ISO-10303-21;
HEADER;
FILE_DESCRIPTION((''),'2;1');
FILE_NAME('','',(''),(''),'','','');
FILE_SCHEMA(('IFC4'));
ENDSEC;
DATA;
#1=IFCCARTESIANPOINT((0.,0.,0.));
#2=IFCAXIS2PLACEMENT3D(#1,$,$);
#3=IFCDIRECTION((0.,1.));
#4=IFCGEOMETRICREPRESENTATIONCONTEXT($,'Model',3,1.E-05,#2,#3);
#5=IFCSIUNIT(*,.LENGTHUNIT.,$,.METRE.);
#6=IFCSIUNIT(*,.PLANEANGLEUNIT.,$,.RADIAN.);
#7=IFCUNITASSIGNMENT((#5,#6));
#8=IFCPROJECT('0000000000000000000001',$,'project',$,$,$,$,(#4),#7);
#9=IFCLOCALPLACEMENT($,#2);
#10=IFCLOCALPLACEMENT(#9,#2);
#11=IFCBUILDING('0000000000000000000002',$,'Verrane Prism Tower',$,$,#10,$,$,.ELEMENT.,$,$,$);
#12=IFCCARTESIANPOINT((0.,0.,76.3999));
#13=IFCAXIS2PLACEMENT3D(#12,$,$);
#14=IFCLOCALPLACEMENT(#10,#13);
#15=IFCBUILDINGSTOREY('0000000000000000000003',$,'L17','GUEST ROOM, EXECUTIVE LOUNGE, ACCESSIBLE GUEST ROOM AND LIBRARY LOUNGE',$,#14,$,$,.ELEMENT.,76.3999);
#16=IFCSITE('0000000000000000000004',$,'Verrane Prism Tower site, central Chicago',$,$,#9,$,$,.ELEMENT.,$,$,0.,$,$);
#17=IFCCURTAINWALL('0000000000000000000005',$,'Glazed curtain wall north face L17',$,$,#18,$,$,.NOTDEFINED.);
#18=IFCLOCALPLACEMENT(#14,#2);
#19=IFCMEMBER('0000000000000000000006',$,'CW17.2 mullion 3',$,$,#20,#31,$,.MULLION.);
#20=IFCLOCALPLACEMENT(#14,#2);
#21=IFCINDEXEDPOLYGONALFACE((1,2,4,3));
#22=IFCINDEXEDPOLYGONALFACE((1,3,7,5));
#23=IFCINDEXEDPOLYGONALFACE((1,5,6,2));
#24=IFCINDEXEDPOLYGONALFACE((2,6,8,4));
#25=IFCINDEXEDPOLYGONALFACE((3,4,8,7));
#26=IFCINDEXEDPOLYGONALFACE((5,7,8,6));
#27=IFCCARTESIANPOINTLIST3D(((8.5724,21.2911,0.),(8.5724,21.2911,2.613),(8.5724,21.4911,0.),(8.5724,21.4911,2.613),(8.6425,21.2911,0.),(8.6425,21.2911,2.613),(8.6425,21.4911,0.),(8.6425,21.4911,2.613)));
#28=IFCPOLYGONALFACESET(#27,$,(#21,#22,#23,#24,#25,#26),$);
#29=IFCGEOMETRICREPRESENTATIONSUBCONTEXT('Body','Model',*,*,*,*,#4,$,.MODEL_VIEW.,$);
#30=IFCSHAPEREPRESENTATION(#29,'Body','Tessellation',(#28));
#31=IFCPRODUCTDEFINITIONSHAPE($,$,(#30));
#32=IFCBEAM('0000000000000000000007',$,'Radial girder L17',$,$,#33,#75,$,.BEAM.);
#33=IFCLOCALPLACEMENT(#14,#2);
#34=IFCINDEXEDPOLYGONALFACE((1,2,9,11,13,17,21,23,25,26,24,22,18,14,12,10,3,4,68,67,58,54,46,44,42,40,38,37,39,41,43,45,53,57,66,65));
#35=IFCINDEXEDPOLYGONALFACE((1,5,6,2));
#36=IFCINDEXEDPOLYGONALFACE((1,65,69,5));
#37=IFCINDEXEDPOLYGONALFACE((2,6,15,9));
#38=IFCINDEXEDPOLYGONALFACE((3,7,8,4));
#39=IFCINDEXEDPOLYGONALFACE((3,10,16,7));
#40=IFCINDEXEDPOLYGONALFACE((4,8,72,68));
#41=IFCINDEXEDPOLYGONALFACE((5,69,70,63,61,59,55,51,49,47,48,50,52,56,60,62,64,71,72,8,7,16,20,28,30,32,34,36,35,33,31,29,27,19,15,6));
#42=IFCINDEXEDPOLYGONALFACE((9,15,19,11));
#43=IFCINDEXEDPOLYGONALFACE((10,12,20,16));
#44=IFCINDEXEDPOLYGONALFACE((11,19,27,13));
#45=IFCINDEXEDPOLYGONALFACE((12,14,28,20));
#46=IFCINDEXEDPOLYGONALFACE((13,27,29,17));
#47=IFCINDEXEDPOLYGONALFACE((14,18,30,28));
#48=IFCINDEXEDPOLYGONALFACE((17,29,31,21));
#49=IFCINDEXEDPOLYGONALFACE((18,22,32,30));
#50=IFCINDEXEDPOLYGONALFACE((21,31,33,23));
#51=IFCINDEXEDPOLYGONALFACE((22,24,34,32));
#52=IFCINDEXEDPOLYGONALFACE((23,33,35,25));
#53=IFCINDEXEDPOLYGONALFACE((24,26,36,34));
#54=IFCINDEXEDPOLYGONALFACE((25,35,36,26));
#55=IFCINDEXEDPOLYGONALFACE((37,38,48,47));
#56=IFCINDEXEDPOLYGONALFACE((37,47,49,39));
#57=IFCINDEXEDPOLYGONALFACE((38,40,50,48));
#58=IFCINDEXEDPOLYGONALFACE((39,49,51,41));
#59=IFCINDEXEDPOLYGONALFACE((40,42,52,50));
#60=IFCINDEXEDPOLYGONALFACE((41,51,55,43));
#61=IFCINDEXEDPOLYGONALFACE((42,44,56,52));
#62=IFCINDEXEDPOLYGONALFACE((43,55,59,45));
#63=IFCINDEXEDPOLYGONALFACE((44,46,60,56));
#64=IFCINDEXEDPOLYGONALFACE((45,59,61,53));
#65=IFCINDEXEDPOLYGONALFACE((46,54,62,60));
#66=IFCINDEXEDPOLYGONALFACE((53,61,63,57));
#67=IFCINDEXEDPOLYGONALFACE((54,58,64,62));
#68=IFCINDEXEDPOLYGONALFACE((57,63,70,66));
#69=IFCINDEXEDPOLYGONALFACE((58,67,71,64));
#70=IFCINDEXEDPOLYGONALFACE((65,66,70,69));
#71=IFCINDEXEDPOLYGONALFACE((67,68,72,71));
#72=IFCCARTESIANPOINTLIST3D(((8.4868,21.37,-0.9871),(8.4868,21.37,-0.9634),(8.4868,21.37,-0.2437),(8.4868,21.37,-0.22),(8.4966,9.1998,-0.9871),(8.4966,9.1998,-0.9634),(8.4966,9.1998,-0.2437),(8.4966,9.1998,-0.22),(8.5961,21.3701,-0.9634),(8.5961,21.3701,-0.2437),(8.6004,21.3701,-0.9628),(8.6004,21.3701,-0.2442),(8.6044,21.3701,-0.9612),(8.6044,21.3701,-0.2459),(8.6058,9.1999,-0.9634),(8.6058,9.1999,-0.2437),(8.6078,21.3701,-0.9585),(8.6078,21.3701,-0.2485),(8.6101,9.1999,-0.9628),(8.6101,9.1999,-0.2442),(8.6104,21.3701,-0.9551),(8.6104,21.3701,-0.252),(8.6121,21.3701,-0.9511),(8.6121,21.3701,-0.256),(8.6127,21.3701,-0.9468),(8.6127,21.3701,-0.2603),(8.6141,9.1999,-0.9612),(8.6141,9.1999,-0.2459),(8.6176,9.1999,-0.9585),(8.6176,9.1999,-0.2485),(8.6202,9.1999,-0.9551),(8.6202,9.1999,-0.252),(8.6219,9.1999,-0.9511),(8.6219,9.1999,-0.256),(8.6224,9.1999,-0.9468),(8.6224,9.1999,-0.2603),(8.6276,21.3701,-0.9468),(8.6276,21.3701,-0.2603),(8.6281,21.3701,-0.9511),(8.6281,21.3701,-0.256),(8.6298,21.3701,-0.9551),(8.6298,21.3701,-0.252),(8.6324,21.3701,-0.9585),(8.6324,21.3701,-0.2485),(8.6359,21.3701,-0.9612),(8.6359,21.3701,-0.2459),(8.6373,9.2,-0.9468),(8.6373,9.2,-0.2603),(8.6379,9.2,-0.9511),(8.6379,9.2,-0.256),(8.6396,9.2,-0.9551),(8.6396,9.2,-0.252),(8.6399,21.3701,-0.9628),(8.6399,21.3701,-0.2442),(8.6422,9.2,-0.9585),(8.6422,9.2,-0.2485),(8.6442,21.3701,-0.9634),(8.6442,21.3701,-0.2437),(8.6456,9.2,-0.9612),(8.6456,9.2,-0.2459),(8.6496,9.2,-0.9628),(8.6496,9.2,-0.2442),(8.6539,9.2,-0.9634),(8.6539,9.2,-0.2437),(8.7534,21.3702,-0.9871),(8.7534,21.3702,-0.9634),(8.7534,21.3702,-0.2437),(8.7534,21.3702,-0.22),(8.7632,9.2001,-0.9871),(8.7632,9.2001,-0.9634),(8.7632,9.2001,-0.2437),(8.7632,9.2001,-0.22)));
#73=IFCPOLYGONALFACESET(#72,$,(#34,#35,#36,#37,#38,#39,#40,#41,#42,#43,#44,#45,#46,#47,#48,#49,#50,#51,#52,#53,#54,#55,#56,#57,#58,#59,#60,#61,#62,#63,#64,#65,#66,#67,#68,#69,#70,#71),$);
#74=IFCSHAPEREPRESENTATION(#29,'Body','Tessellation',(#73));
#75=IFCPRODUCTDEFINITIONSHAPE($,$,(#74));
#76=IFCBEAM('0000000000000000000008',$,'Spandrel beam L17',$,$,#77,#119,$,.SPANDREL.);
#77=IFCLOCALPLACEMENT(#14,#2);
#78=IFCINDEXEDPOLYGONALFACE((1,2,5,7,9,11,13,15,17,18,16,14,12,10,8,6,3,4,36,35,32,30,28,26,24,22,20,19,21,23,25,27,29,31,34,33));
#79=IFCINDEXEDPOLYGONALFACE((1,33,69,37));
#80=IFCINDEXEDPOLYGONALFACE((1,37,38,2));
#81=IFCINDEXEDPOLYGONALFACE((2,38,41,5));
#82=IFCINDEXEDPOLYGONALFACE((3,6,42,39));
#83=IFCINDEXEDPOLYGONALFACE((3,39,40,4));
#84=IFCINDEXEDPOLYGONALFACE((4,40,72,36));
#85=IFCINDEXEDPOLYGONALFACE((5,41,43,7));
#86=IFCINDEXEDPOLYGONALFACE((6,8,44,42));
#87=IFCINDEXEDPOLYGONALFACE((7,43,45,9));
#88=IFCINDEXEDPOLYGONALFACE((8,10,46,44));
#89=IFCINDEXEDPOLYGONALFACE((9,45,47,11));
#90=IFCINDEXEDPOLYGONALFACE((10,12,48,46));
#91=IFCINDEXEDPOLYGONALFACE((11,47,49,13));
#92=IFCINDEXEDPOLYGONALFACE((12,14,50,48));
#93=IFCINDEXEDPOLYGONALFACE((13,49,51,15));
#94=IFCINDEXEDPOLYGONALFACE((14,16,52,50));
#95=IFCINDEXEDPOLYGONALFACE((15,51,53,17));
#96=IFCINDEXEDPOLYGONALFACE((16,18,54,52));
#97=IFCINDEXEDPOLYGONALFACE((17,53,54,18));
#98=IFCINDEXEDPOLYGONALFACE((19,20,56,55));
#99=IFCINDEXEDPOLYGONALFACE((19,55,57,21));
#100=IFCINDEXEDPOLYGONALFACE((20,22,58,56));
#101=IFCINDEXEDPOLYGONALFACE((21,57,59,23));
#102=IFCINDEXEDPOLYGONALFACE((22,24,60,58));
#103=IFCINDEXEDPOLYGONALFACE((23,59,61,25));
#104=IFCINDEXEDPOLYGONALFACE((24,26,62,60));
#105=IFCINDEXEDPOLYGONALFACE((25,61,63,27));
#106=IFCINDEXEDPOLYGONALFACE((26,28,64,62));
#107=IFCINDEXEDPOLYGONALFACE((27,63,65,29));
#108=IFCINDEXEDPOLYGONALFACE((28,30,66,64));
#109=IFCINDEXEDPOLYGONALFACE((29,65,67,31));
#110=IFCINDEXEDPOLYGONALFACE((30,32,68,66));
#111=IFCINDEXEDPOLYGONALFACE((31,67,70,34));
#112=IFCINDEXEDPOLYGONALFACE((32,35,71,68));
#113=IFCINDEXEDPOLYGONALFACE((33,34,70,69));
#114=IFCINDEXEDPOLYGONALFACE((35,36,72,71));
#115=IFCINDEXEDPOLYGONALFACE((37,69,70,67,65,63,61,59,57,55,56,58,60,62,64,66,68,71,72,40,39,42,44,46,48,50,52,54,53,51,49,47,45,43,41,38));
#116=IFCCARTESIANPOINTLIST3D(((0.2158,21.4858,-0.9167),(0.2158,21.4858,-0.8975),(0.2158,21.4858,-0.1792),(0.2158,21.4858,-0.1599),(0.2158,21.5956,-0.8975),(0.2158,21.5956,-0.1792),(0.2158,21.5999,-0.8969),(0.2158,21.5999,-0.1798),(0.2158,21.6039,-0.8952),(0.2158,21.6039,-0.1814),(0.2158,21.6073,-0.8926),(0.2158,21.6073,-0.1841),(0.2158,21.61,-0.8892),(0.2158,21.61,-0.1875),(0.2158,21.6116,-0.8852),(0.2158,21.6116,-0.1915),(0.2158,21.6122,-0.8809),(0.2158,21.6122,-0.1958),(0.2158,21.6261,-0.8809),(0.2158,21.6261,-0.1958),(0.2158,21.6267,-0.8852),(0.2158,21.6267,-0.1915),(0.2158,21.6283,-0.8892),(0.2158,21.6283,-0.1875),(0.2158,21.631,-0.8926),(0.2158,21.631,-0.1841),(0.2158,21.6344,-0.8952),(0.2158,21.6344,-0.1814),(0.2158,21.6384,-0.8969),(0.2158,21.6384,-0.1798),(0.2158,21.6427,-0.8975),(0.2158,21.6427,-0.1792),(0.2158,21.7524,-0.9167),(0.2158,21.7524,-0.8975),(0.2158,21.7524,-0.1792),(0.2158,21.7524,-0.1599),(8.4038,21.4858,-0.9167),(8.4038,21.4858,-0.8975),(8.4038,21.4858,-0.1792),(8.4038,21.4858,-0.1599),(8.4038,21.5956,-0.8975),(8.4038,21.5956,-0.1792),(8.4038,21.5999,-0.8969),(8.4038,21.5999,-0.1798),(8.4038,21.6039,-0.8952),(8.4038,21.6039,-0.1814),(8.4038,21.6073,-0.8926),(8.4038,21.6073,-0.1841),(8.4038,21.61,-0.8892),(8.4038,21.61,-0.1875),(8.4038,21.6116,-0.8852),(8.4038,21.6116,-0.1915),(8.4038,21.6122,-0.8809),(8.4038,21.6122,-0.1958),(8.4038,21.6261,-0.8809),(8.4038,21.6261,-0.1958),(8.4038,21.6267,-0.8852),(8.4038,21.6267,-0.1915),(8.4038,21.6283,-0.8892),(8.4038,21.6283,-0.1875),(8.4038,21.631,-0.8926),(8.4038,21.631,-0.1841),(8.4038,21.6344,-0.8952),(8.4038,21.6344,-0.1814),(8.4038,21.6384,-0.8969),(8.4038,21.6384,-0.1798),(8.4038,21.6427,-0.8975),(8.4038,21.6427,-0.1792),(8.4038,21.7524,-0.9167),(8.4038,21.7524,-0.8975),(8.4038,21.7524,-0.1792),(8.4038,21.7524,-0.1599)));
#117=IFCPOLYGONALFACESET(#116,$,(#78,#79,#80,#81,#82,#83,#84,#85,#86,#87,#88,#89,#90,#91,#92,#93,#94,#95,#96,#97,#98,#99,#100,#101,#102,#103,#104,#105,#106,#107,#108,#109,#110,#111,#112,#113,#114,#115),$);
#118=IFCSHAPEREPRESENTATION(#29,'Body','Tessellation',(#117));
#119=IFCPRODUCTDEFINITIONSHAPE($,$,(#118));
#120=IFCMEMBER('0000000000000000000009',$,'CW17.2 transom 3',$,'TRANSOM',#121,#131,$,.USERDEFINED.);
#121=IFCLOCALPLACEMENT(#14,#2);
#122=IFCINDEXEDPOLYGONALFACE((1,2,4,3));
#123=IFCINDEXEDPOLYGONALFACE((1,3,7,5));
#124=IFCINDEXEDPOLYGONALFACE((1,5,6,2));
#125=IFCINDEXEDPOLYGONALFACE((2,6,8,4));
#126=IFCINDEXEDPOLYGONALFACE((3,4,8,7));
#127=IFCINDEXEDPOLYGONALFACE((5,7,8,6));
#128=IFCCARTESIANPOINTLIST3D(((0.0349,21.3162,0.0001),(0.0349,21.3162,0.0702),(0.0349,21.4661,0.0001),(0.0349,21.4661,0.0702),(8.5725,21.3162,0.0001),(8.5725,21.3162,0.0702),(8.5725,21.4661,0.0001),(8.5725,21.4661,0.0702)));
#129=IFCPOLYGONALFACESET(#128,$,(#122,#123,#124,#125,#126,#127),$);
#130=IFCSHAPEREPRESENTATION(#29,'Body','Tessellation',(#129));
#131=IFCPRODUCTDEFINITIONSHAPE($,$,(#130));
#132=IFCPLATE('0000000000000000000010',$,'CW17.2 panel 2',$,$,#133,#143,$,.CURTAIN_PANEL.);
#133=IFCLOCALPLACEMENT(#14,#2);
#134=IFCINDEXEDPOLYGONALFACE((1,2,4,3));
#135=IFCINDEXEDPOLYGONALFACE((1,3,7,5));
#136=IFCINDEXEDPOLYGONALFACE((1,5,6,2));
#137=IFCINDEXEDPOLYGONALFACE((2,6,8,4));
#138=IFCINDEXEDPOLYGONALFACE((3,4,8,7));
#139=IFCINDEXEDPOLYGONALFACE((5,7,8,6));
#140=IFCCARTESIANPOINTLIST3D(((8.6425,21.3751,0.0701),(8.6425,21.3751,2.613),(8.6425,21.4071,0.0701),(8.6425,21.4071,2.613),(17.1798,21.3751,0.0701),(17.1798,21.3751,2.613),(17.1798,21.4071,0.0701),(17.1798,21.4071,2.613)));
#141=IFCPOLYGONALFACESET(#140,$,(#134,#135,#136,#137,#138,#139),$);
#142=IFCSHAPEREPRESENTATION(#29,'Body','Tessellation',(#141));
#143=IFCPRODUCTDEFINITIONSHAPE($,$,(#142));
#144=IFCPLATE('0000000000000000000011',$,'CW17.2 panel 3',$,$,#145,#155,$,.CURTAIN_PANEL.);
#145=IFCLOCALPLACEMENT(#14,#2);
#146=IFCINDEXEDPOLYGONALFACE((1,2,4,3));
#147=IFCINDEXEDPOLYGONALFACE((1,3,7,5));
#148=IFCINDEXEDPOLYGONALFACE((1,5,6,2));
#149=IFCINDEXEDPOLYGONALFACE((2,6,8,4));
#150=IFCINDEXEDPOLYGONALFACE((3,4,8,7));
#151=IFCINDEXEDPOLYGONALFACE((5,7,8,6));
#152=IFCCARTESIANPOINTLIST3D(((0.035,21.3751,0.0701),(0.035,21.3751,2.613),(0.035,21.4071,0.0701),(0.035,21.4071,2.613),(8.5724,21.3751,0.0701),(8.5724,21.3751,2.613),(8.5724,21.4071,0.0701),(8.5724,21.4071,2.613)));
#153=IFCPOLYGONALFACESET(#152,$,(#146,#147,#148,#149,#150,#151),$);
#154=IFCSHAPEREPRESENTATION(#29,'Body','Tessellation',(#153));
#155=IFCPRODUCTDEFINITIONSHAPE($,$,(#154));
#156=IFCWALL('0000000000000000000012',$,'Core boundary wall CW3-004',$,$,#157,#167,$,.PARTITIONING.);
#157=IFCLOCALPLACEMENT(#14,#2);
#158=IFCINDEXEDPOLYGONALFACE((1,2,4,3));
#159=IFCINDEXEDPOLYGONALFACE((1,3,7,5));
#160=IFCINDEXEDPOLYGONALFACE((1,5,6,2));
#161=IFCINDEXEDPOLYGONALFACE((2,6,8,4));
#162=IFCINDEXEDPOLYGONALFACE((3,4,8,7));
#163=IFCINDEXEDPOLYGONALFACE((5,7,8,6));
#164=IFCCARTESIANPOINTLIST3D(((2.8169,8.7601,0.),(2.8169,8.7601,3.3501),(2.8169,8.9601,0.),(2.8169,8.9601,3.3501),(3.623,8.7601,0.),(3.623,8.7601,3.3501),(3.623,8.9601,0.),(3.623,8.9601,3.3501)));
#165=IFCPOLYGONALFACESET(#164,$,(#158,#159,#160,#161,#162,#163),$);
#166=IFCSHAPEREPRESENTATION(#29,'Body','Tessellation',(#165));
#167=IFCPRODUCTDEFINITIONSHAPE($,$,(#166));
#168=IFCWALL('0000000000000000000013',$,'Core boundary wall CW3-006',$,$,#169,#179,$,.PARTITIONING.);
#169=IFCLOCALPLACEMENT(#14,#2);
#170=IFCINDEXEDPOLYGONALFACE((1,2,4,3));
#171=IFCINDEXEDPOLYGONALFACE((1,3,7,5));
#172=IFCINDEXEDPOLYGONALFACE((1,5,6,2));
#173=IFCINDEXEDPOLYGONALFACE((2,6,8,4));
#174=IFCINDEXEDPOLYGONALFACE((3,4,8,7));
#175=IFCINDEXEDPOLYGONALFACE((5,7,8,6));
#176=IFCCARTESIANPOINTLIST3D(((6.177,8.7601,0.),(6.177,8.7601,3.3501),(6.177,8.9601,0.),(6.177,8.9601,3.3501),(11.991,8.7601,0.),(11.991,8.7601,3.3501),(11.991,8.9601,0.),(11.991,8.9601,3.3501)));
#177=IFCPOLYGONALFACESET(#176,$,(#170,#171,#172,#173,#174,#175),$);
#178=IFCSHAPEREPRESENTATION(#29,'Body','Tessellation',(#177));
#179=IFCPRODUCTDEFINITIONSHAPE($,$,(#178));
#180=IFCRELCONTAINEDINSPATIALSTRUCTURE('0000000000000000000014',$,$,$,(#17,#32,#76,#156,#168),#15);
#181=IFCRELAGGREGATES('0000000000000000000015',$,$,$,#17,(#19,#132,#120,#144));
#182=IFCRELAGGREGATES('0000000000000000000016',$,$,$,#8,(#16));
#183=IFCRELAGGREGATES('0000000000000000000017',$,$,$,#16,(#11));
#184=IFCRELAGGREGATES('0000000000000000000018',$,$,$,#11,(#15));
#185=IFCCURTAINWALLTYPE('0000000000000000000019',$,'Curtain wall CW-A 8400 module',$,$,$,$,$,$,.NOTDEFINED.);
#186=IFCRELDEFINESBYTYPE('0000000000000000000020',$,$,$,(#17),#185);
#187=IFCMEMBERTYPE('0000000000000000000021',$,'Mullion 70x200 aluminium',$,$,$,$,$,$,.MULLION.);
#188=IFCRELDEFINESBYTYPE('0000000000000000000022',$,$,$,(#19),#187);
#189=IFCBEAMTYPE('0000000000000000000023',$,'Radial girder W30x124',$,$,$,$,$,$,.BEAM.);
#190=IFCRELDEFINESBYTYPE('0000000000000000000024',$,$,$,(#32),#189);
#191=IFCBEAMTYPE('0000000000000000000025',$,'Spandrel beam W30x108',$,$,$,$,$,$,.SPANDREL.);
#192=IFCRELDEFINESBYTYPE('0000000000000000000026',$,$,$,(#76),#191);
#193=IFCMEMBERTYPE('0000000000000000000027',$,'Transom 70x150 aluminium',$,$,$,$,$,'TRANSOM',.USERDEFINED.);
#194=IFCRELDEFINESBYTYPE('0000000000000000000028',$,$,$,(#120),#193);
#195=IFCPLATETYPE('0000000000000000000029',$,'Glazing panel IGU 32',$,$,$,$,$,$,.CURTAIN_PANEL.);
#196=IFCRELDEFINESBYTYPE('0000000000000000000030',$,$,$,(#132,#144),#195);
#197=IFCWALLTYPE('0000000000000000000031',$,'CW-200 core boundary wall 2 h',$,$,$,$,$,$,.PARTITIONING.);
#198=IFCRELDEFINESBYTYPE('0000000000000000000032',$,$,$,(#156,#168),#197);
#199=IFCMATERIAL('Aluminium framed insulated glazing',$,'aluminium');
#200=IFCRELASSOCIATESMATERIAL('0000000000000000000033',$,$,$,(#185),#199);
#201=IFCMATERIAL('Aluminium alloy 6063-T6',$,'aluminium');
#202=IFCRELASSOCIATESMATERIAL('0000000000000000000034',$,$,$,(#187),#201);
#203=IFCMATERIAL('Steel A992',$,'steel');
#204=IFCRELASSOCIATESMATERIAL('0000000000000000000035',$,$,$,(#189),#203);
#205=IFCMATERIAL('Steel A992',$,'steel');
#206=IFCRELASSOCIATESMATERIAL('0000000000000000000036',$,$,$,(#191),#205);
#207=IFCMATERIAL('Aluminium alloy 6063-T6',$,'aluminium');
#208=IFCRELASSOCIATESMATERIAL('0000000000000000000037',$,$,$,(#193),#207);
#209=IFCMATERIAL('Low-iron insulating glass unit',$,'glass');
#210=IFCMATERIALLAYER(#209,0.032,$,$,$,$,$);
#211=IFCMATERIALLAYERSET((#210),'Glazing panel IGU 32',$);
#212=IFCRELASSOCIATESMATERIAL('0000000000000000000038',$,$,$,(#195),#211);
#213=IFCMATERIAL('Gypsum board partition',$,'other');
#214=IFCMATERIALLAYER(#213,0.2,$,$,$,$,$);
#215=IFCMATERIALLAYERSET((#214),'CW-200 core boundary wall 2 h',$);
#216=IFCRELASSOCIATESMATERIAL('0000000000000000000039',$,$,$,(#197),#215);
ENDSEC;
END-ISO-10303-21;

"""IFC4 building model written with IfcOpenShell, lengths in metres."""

from ifc_helpers import new_model, si_unit, direction, frame, frame_2d, origin, origin_2d, place, context, subcontext, project, spatial, rectangle, i_section, extrude, material, layer, layer_set, material_profile, profile_set, type_object, element, aggregate, save


model = new_model("IFC4")

# Units and contexts
model_context = context("Model", 3, precision=1e-05, world=origin(), true_north=direction((0.0, 1.0)))
body_context = subcontext(model_context, "Body", "Model", "MODEL_VIEW")
ifc_project = project(units=[si_unit("LENGTHUNIT", "METRE"), si_unit("PLANEANGLEUNIT", "RADIAN")], contexts=[model_context])

# Site, building, storey
site_placement = place(None, origin())
site = spatial("IfcSite", under=ifc_project, at=site_placement, Name="Verrane Prism Tower site, central Chicago", CompositionType="ELEMENT", RefElevation=0.0)
building_placement = place(site_placement, origin())
building = spatial("IfcBuilding", under=site, at=building_placement, Name="Verrane Prism Tower", CompositionType="ELEMENT")
storey_placement = place(building_placement, frame((0.0, 0.0, 76.3999)))
storey = spatial("IfcBuildingStorey", under=building, at=storey_placement, Name="L17", Description="GUEST ROOM, EXECUTIVE LOUNGE, ACCESSIBLE GUEST ROOM AND LIBRARY LOUNGE", CompositionType="ELEMENT", Elevation=76.3999)

# Curtain wall, member
ifc_material_1 = material(Name="Aluminium framed insulated glazing", Category="aluminium")
curtain_wall_type = type_object("IfcCurtainWallType", Name="Curtain wall CW-A 8400 module", PredefinedType="NOTDEFINED", material=ifc_material_1)
curtain_wall_placement = place(storey_placement, origin())
curtain_wall = element("IfcCurtainWall", 1, at=curtain_wall_placement, inside=storey, type_object=curtain_wall_type, Name="Glazed curtain wall north face L17", PredefinedType="NOTDEFINED")
ifc_material_2 = material(Name="Aluminium alloy 6063-T6", Category="aluminium")
ifc_material_profile_1 = material_profile(ifc_material_2, rectangle(XDim=0.2, YDim=0.0701, at=origin_2d()), Name="Mullion 70x200 aluminium")
ifc_profile_set_1 = profile_set([ifc_material_profile_1], Name="Aluminium alloy 6063-T6")
member_type_1 = type_object("IfcMemberType", Name="Mullion 70x200 aluminium", PredefinedType="MULLION", material=ifc_profile_set_1)
member_1_placement = place(storey_placement, frame((8.6074, 21.3911, 0.0), z_axis=(0.0, 0.0, 1.0), x_axis=(0.0, -1.0, 0.0)))
member_1 = element("IfcMember", 2, at=member_1_placement, type_object=member_type_1, Name="CW17.2 mullion 3", PredefinedType="MULLION", context=body_context, shape_type="SweptSolid", body=[
    extrude(rectangle(XDim=0.2, YDim=0.0701, at=origin_2d()), origin(), (0.0, 0.0, 1.0), 2.613),
])

# Beams
ifc_material_3 = material(Name="Steel A992", Category="steel")
ifc_material_profile_2 = material_profile(ifc_material_3, i_section(OverallWidth=0.2666, OverallDepth=0.7671, WebThickness=0.0149, FlangeThickness=0.0237, FilletRadius=0.0166, at=origin_2d()), Name="W30x124")
ifc_profile_set_2 = profile_set([ifc_material_profile_2], Name="Steel A992")
beam_type_1 = type_object("IfcBeamType", Name="Radial girder W30x124", PredefinedType="BEAM", material=ifc_profile_set_2)
beam_1_placement = place(storey_placement, frame((8.6201, 21.3701, -0.6035), z_axis=(0.000802, -1.0, 0.0), x_axis=(1.0, 0.000802, 0.0)))
element("IfcBeam", 3, at=beam_1_placement, inside=storey, type_object=beam_type_1, Name="Radial girder L17", PredefinedType="BEAM", context=body_context, shape_type="SweptSolid", body=[
    extrude(i_section(OverallWidth=0.2666, OverallDepth=0.7671, WebThickness=0.0149, FlangeThickness=0.0237, FilletRadius=0.0166, at=origin_2d()), origin(), (0.0, 0.0, 1.0), 12.1702),
])
ifc_material_4 = material(Name="Steel A992", Category="steel")
ifc_material_profile_3 = material_profile(ifc_material_4, i_section(OverallWidth=0.2666, OverallDepth=0.7568, WebThickness=0.0139, FlangeThickness=0.0193, FilletRadius=0.0166, at=origin_2d()), Name="W30x108")
ifc_profile_set_3 = profile_set([ifc_material_profile_3], Name="Steel A992")
beam_type_2 = type_object("IfcBeamType", Name="Spandrel beam W30x108", PredefinedType="SPANDREL", material=ifc_profile_set_3)
beam_2_placement = place(storey_placement, frame((8.4038, 21.6191, -0.5383), z_axis=(-1.0, 0.0, 0.0), x_axis=(0.0, -1.0, 0.0)))
element("IfcBeam", 4, at=beam_2_placement, inside=storey, type_object=beam_type_2, Name="Spandrel beam L17", PredefinedType="SPANDREL", context=body_context, shape_type="SweptSolid", body=[
    extrude(i_section(OverallWidth=0.2666, OverallDepth=0.7568, WebThickness=0.0139, FlangeThickness=0.0193, FilletRadius=0.0166, at=origin_2d()), origin(), (0.0, 0.0, 1.0), 8.188),
])

# Member
ifc_material_5 = material(Name="Aluminium alloy 6063-T6", Category="aluminium")
ifc_material_profile_4 = material_profile(ifc_material_5, rectangle(XDim=0.1499, YDim=0.0701, at=origin_2d()), Name="Transom 70x150 aluminium")
ifc_profile_set_4 = profile_set([ifc_material_profile_4], Name="Aluminium alloy 6063-T6")
member_type_2 = type_object("IfcMemberType", Name="Transom 70x150 aluminium", ElementType="TRANSOM", PredefinedType="USERDEFINED", material=ifc_profile_set_4)
member_2_placement = place(storey_placement, frame((8.5725, 21.3911, 0.0352), z_axis=(-1.0, 0.0, 0.0), x_axis=(0.0, -1.0, 0.0)))
member_2 = element("IfcMember", 5, at=member_2_placement, type_object=member_type_2, Name="CW17.2 transom 3", ObjectType="TRANSOM", PredefinedType="USERDEFINED", context=body_context, shape_type="SweptSolid", body=[
    extrude(rectangle(XDim=0.1499, YDim=0.0701, at=origin_2d()), origin(), (0.0, 0.0, 1.0), 8.5376),
])

# Plates
ifc_material_6 = material(Name="Low-iron insulating glass unit", Category="glass")
ifc_layer_1 = layer(ifc_material_6, 0.032)
ifc_layer_set_1 = layer_set([ifc_layer_1], Name="Glazing panel IGU 32")
plate_type = type_object("IfcPlateType", Name="Glazing panel IGU 32", PredefinedType="CURTAIN_PANEL", material=ifc_layer_set_1)
plate_1_placement = place(storey_placement, frame((12.9111, 21.3911, 0.0701), z_axis=(0.0, 0.0, 1.0), x_axis=(-1.0, 0.0, 0.0)))
plate_1 = element("IfcPlate", 6, at=plate_1_placement, type_object=plate_type, Name="CW17.2 panel 2", PredefinedType="CURTAIN_PANEL", context=body_context, shape_type="SweptSolid", body=[
    extrude(rectangle(XDim=8.5374, YDim=0.032, at=origin_2d()), origin(), (0.0, 0.0, 1.0), 2.543),
])
plate_2_placement = place(storey_placement, frame((4.3037, 21.3911, 0.0701), z_axis=(0.0, 0.0, 1.0), x_axis=(-1.0, 0.0, 0.0)))
plate_2 = element("IfcPlate", 7, at=plate_2_placement, type_object=plate_type, Name="CW17.2 panel 3", PredefinedType="CURTAIN_PANEL", context=body_context, shape_type="SweptSolid", body=[
    extrude(rectangle(XDim=8.5374, YDim=0.032, at=origin_2d()), origin(), (0.0, 0.0, 1.0), 2.543),
])
aggregate(curtain_wall, [member_1, plate_1, member_2, plate_2])

# Walls
ifc_material_7 = material(Name="Gypsum board partition", Category="other")
ifc_layer_2 = layer(ifc_material_7, 0.2)
ifc_layer_set_2 = layer_set([ifc_layer_2], Name="CW-200 core boundary wall 2 h")
wall_type_1 = type_object("IfcWallType", Name="CW-200 core boundary wall 2 h", PredefinedType="PARTITIONING", material=ifc_layer_set_2)
wall_1_placement = place(storey_placement, frame((2.8169, 8.8601, 0.0), z_axis=(0.0, 0.0, 1.0), x_axis=(1.0, 0.0, 0.0)))
element("IfcWall", 8, at=wall_1_placement, inside=storey, type_object=wall_type_1, Name="Core boundary wall CW3-004", PredefinedType="PARTITIONING", context=body_context, shape_type="SweptSolid", body=[
    extrude(rectangle(XDim=0.8062, YDim=0.2, at=frame_2d((0.4031, 0.0))), origin(), (0.0, 0.0, 1.0), 3.3501),
])
wall_2_placement = place(storey_placement, frame((6.177, 8.8601, 0.0), z_axis=(0.0, 0.0, 1.0), x_axis=(1.0, 0.0, 0.0)))
element("IfcWall", 9, at=wall_2_placement, inside=storey, type_object=wall_type_1, Name="Core boundary wall CW3-006", PredefinedType="PARTITIONING", context=body_context, shape_type="SweptSolid", body=[
    extrude(rectangle(XDim=5.814, YDim=0.2, at=frame_2d((2.907, 0.0))), origin(), (0.0, 0.0, 1.0), 3.3501),
])

save(model, "model.ifc")
